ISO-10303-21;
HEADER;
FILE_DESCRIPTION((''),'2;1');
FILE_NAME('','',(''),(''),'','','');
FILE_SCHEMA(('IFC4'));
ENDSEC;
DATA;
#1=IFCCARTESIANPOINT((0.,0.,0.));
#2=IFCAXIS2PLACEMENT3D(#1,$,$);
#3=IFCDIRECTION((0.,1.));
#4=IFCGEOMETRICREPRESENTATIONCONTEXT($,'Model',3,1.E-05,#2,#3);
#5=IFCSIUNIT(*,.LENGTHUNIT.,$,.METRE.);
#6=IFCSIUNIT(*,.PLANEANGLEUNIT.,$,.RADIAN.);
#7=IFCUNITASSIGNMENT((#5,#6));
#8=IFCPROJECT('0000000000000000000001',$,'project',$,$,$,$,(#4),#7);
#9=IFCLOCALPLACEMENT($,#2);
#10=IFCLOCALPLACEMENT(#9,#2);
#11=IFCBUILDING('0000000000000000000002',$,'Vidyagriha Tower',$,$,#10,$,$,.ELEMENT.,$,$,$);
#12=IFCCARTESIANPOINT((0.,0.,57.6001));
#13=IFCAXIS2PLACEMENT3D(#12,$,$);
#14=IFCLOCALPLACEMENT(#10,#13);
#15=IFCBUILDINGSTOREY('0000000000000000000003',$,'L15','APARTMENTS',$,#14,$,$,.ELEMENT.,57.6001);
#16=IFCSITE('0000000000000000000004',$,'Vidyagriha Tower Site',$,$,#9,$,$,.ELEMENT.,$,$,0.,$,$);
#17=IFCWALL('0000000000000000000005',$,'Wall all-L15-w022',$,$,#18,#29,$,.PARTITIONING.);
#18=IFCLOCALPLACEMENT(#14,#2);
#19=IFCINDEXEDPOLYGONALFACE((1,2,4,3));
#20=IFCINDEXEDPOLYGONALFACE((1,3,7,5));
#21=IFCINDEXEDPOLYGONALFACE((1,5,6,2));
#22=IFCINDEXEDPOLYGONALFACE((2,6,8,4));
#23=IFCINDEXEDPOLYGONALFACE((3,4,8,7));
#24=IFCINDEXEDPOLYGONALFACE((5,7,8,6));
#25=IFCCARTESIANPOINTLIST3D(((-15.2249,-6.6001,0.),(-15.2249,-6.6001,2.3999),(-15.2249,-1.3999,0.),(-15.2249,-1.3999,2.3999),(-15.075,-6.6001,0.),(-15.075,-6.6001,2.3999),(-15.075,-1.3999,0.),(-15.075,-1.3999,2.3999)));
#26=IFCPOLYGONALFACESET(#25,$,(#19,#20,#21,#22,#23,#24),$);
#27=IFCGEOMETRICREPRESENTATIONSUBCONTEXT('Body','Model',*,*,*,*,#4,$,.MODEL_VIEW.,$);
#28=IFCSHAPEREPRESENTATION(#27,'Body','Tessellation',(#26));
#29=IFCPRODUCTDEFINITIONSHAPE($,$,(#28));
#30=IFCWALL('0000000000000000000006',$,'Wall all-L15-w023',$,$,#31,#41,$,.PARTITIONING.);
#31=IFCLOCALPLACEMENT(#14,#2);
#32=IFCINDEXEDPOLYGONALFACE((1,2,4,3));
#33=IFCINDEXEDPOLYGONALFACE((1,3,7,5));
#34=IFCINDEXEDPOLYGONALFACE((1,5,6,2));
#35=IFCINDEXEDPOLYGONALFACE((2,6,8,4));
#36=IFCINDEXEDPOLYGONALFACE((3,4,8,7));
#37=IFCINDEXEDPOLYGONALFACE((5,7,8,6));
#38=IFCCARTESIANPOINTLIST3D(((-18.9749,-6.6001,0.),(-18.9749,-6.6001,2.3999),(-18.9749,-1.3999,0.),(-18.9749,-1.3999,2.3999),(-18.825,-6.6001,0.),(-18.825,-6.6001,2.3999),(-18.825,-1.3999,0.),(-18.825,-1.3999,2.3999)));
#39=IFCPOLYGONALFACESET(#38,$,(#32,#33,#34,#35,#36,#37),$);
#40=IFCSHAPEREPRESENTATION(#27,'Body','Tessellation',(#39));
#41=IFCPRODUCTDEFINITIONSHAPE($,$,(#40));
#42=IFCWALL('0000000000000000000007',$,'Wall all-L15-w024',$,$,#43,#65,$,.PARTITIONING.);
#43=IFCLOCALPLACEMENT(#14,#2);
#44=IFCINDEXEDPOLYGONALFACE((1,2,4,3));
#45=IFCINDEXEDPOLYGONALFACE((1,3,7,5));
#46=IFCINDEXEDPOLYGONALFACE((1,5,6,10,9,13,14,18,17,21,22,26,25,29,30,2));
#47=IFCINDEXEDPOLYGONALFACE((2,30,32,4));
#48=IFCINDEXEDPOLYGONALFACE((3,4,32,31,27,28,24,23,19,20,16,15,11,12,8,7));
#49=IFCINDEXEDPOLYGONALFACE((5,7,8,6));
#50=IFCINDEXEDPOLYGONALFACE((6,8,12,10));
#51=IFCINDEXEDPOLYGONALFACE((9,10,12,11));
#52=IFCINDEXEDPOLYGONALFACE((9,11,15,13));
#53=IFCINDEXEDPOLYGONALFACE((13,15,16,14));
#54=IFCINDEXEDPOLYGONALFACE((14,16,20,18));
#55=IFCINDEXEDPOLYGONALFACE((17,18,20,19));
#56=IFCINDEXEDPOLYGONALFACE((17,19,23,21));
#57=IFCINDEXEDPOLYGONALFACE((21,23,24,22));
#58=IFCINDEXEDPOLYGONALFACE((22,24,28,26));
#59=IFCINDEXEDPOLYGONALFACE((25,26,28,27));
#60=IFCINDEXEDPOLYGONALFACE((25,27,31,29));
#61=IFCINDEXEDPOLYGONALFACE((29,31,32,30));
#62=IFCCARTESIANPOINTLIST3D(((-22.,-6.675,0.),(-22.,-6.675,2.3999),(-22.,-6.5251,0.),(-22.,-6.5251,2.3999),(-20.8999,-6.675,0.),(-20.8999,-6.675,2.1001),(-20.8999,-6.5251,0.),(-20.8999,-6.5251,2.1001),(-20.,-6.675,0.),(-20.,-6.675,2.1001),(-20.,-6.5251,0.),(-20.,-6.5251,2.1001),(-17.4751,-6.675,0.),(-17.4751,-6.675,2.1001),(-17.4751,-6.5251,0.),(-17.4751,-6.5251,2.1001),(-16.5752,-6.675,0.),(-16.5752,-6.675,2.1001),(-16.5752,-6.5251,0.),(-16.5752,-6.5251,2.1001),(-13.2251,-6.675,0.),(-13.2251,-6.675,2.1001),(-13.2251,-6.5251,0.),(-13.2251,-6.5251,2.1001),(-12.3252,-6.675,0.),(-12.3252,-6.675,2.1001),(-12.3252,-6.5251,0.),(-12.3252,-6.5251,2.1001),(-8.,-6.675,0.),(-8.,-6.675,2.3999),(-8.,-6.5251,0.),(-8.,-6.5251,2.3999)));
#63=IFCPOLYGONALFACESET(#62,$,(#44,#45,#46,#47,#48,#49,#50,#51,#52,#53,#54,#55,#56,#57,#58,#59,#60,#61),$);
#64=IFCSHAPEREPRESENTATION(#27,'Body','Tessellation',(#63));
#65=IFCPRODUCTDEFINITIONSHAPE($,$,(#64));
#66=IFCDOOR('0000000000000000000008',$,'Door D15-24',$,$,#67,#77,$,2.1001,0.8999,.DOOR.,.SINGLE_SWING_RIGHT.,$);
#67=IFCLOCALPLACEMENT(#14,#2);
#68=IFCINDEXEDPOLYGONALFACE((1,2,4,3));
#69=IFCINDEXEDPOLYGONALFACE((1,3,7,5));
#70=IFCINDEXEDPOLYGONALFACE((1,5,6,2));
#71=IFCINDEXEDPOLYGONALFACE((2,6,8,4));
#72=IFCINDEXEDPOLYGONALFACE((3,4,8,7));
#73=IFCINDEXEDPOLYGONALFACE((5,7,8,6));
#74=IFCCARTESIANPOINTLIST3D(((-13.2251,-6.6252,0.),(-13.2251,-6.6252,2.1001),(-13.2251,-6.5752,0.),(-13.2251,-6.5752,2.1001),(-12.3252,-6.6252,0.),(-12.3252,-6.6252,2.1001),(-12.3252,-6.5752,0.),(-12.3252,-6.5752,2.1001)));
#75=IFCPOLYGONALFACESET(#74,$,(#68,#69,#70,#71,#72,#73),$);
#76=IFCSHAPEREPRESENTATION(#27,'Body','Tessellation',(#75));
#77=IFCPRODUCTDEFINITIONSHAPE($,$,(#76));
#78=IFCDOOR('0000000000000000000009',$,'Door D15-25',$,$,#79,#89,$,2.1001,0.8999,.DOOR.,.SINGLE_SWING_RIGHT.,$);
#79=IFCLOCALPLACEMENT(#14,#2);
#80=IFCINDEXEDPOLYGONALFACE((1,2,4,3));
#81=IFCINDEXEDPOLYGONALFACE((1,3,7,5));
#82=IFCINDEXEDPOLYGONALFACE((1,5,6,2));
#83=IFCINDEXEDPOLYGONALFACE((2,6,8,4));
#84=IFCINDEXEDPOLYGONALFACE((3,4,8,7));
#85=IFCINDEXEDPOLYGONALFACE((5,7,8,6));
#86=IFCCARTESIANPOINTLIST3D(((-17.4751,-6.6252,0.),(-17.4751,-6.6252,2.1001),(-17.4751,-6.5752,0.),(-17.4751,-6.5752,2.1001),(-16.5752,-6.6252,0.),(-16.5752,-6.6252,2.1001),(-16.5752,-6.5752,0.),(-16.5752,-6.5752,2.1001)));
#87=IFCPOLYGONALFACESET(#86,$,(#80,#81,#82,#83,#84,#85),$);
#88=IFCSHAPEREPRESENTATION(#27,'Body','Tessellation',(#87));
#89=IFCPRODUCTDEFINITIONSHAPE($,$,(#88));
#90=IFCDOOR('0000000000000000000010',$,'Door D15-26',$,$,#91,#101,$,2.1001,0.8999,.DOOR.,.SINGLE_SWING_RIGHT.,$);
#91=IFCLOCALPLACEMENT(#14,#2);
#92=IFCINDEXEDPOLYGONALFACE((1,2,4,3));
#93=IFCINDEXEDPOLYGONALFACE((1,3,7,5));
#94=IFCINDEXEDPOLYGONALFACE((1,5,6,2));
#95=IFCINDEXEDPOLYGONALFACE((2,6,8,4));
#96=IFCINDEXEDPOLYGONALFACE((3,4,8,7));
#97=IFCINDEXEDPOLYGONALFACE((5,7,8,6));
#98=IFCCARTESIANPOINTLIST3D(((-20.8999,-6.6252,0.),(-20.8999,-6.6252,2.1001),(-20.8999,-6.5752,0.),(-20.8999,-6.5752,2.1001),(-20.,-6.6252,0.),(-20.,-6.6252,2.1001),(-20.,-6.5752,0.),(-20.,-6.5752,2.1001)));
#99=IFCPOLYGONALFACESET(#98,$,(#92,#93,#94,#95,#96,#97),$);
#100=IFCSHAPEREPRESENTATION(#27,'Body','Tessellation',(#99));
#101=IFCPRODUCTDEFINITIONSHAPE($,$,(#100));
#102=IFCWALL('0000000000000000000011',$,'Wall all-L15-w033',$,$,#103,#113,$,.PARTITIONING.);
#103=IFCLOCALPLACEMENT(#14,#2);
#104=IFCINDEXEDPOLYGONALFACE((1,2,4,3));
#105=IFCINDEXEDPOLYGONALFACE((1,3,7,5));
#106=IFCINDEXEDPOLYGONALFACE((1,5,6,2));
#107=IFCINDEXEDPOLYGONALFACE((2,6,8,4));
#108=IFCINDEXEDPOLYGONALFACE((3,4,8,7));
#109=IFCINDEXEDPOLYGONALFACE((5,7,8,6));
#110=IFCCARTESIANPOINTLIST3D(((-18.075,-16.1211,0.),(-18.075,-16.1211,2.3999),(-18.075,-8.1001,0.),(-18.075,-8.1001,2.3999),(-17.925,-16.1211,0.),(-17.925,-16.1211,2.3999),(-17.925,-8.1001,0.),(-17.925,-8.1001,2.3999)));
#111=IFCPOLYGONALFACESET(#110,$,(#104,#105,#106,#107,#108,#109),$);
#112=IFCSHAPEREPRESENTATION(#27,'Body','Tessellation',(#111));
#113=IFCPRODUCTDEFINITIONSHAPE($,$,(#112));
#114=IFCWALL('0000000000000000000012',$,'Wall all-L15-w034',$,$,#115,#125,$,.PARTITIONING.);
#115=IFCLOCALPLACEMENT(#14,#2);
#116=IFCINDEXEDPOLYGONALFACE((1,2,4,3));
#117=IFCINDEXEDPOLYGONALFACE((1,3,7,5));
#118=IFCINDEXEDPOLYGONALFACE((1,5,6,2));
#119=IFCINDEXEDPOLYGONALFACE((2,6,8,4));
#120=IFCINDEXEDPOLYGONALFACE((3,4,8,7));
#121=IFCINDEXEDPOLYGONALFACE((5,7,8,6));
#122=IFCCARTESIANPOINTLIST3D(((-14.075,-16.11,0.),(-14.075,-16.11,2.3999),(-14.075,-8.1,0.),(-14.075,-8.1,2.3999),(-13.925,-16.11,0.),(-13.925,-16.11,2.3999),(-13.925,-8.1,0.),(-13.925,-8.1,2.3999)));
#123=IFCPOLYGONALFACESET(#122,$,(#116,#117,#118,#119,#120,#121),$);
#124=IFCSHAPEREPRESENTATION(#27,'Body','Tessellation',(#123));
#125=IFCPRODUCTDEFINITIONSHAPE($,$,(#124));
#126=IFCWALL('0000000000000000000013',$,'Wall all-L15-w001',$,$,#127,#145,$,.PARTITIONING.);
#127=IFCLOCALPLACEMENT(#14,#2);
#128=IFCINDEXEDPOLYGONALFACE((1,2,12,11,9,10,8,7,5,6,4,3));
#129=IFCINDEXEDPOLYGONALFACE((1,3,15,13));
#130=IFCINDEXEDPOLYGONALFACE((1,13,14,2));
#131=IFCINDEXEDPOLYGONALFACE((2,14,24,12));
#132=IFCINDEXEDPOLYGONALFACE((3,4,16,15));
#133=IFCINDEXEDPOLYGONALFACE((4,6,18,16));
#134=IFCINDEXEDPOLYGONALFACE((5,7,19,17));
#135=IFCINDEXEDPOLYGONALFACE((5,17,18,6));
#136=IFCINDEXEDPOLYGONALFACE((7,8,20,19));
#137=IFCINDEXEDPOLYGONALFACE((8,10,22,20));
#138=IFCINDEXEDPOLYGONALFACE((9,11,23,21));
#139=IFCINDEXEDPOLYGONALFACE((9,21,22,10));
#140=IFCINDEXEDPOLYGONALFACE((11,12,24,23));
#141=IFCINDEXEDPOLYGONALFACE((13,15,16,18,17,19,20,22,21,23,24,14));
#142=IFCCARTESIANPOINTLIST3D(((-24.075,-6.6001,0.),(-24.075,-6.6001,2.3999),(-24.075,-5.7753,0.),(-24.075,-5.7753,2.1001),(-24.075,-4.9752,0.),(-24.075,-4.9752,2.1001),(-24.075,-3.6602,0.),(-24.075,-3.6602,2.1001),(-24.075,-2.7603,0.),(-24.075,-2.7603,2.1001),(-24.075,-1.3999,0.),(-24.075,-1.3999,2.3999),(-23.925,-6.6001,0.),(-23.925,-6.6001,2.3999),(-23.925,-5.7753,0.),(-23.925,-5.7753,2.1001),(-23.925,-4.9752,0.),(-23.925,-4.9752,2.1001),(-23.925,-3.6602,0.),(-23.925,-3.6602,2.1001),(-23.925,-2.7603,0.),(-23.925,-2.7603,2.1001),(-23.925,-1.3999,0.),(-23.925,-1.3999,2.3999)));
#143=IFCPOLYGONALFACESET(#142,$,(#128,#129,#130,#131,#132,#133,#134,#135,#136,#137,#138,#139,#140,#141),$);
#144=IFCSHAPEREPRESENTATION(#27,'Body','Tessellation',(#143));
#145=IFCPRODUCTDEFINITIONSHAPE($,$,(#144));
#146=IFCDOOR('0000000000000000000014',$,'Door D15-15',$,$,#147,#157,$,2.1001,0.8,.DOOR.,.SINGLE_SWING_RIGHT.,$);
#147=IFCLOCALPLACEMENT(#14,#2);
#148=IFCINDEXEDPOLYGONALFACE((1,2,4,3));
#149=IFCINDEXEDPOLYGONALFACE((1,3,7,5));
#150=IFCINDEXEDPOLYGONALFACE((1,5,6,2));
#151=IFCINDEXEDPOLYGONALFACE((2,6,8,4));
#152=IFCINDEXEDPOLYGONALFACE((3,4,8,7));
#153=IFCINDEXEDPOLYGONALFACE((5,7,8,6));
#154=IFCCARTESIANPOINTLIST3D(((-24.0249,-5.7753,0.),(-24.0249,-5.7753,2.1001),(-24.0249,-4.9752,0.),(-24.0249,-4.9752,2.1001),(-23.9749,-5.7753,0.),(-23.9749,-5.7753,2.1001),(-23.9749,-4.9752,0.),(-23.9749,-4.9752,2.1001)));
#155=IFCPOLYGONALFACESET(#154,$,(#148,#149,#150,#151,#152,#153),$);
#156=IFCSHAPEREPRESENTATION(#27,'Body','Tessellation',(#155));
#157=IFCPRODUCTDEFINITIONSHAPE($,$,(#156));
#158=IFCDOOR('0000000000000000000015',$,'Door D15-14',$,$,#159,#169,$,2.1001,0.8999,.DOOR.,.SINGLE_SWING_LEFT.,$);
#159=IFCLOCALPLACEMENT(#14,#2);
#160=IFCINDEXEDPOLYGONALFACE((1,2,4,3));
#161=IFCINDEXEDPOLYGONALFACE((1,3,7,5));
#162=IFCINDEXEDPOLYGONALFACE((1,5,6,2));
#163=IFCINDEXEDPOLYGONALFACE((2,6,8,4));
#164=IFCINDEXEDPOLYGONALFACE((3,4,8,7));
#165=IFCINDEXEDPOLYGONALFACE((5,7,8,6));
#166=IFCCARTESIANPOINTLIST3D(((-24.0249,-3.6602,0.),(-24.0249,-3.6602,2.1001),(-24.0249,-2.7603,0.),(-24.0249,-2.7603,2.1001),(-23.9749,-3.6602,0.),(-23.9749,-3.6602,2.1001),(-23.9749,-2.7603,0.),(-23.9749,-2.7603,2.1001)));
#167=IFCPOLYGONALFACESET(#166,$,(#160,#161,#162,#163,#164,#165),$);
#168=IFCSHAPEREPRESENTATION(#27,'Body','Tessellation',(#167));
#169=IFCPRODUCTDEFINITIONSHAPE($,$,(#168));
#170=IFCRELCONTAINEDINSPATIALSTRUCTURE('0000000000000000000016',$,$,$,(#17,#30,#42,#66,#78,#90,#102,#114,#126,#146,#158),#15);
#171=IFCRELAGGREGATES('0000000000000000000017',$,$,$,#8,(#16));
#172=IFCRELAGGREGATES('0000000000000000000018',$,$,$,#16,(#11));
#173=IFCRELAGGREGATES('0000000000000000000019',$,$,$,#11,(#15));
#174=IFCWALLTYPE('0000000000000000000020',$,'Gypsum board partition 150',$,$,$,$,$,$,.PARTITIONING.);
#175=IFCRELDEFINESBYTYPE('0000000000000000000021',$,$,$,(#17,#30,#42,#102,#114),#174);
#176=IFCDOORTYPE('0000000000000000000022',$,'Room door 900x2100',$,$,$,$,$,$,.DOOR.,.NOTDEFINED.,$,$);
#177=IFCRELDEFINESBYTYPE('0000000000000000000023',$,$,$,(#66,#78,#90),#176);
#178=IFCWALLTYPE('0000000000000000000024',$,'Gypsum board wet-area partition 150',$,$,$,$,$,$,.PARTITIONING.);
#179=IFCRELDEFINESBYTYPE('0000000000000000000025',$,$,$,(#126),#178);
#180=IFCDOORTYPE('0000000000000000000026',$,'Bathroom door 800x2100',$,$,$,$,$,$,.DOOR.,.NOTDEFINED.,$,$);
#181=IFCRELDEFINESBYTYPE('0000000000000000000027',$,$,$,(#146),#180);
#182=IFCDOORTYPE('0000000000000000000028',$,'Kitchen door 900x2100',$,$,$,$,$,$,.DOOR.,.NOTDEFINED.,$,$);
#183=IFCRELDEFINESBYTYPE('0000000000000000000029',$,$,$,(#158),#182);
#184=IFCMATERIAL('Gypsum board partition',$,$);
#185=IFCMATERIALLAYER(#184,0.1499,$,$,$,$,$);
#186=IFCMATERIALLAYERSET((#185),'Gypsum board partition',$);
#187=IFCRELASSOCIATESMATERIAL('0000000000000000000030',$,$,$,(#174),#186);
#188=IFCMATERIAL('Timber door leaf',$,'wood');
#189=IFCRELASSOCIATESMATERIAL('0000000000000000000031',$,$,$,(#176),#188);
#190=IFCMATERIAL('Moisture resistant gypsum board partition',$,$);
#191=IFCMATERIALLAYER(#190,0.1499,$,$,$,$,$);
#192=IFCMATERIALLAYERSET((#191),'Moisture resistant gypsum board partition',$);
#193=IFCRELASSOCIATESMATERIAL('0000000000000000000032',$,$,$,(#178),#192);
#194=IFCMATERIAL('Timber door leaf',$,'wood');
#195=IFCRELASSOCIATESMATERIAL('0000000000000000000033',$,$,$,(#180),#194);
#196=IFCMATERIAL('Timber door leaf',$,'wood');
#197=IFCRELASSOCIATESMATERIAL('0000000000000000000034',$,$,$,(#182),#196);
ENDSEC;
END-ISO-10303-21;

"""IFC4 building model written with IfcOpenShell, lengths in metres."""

from ifc_helpers import new_model, si_unit, direction, frame, frame_2d, origin, place, context, subcontext, project, spatial, rectangle, extrude, material, layer, layer_set, type_object, element, fill, save


model = new_model("IFC4")

# Units and contexts
model_context = context("Model", 3, precision=1e-05, world=origin(), true_north=direction((0.0, 1.0)))
body_context = subcontext(model_context, "Body", "Model", "MODEL_VIEW")
ifc_project = project(units=[si_unit("LENGTHUNIT", "METRE"), si_unit("PLANEANGLEUNIT", "RADIAN")], contexts=[model_context])

# Site, building, storey
site_placement = place(None, origin())
site = spatial("IfcSite", under=ifc_project, at=site_placement, Name="Vidyagriha Tower Site", CompositionType="ELEMENT", RefElevation=0.0)
building_placement = place(site_placement, origin())
building = spatial("IfcBuilding", under=site, at=building_placement, Name="Vidyagriha Tower", CompositionType="ELEMENT")
storey_placement = place(building_placement, frame((0.0, 0.0, 57.6001)))
storey = spatial("IfcBuildingStorey", under=building, at=storey_placement, Name="L15", Description="APARTMENTS", CompositionType="ELEMENT", Elevation=57.6001)

# Shared definitions
ifc_material_1 = material(Name="Gypsum board partition")
ifc_layer_1 = layer(ifc_material_1, 0.1499)
ifc_layer_set_1 = layer_set([ifc_layer_1], Name="Gypsum board partition")
wall_type_1 = type_object("IfcWallType", Name="Gypsum board partition 150", PredefinedType="PARTITIONING", material=ifc_layer_set_1)

# Shared definitions
ifc_material_2 = material(Name="Timber door leaf", Category="wood")
door_type_1 = type_object("IfcDoorType", Name="Room door 900x2100", OperationType="NOTDEFINED", PredefinedType="DOOR", material=ifc_material_2)

# Walls
for number, where, z_axis, x_axis, name in (
    (1, (-15.1499, -6.6001, 0.0), (0.0, 0.0, 1.0), (0.0, 1.0, 0.0), "Wall all-L15-w022"),
    (2, (-18.8999, -6.6001, 0.0), (0.0, 0.0, 1.0), (0.0, 1.0, 0.0), "Wall all-L15-w023"),
):
    element("IfcWall", number, at=place(storey_placement, frame(where, z_axis=z_axis, x_axis=x_axis)), inside=storey, type_object=wall_type_1, Name=name, PredefinedType="PARTITIONING", context=body_context, shape_type="SweptSolid", body=[
        extrude(rectangle(XDim=5.2002, YDim=0.1499, at=frame_2d((2.6001, 0.0))), origin(), (0.0, 0.0, 1.0), 2.3999),
    ])

# Wall, openings, doors
wall_1_placement = place(storey_placement, frame((-22.0, -6.6001, 0.0)))
wall_1 = element("IfcWall", 3, at=wall_1_placement, inside=storey, type_object=wall_type_1, Name="Wall all-L15-w024", PredefinedType="PARTITIONING", context=body_context, shape_type="SweptSolid", body=[
    extrude(rectangle(XDim=14.0, YDim=0.1499, at=frame_2d((7.0, 0.0))), origin(), (0.0, 0.0, 1.0), 2.3999),
])
opening_1_placement = place(wall_1_placement, frame((8.7749, 0.0, 0.0)))
opening_1 = element("IfcOpeningElement", 4, at=opening_1_placement, cuts=wall_1, PredefinedType="OPENING", context=body_context, shape_type="SweptSolid", body=[
    extrude(rectangle(XDim=0.8999, YDim=2.1001, at=frame_2d((0.45, 1.05))), frame((0.0, 0.085, 0.0), z_axis=(0.0, -1.0, 0.0), x_axis=(1.0, 0.0, 0.0)), (0.0, 0.0, 1.0), 0.1699),
])
opening_2_placement = place(wall_1_placement, frame((4.5249, 0.0, 0.0)))
opening_2 = element("IfcOpeningElement", 5, at=opening_2_placement, cuts=wall_1, PredefinedType="OPENING", context=body_context, shape_type="SweptSolid", body=[
    extrude(rectangle(XDim=0.8999, YDim=2.1001, at=frame_2d((0.45, 1.05))), frame((0.0, 0.085, 0.0), z_axis=(0.0, -1.0, 0.0), x_axis=(1.0, 0.0, 0.0)), (0.0, 0.0, 1.0), 0.1699),
])
opening_3_placement = place(wall_1_placement, frame((1.1001, 0.0, 0.0)))
opening_3 = element("IfcOpeningElement", 6, at=opening_3_placement, cuts=wall_1, PredefinedType="OPENING", context=body_context, shape_type="SweptSolid", body=[
    extrude(rectangle(XDim=0.8999, YDim=2.1001, at=frame_2d((0.45, 1.05))), frame((0.0, 0.085, 0.0), z_axis=(0.0, -1.0, 0.0), x_axis=(1.0, 0.0, 0.0)), (0.0, 0.0, 1.0), 0.1699),
])
door_1_placement = place(opening_1_placement, origin())
door_1 = element("IfcDoor", 7, at=door_1_placement, inside=storey, type_object=door_type_1, Name="Door D15-24", OperationType="SINGLE_SWING_RIGHT", OverallHeight=2.1001, OverallWidth=0.8999, PredefinedType="DOOR", context=body_context, shape_type="SweptSolid", body=[
    extrude(rectangle(XDim=0.8999, YDim=2.1001, at=frame_2d((0.45, 1.05))), frame((0.0, 0.0249, 0.0), z_axis=(0.0, -1.0, 0.0), x_axis=(1.0, 0.0, 0.0)), (0.0, 0.0, 1.0), 0.05),
])
fill(opening_1, door_1)
door_2_placement = place(opening_2_placement, origin())
door_2 = element("IfcDoor", 8, at=door_2_placement, inside=storey, type_object=door_type_1, Name="Door D15-25", OperationType="SINGLE_SWING_RIGHT", OverallHeight=2.1001, OverallWidth=0.8999, PredefinedType="DOOR", context=body_context, shape_type="SweptSolid", body=[
    extrude(rectangle(XDim=0.8999, YDim=2.1001, at=frame_2d((0.45, 1.05))), frame((0.0, 0.0249, 0.0), z_axis=(0.0, -1.0, 0.0), x_axis=(1.0, 0.0, 0.0)), (0.0, 0.0, 1.0), 0.05),
])
fill(opening_2, door_2)
door_3_placement = place(opening_3_placement, origin())
door_3 = element("IfcDoor", 9, at=door_3_placement, inside=storey, type_object=door_type_1, Name="Door D15-26", OperationType="SINGLE_SWING_RIGHT", OverallHeight=2.1001, OverallWidth=0.8999, PredefinedType="DOOR", context=body_context, shape_type="SweptSolid", body=[
    extrude(rectangle(XDim=0.8999, YDim=2.1001, at=frame_2d((0.45, 1.05))), frame((0.0, 0.0249, 0.0), z_axis=(0.0, -1.0, 0.0), x_axis=(1.0, 0.0, 0.0)), (0.0, 0.0, 1.0), 0.05),
])
fill(opening_3, door_3)

# Walls
wall_2_placement = place(storey_placement, frame((-18.0, -8.1001, 0.0), z_axis=(0.0, 0.0, 1.0), x_axis=(0.0, -1.0, 0.0)))
element("IfcWall", 10, at=wall_2_placement, inside=storey, type_object=wall_type_1, Name="Wall all-L15-w033", PredefinedType="PARTITIONING", context=body_context, shape_type="SweptSolid", body=[
    extrude(rectangle(XDim=8.021, YDim=0.1499, at=frame_2d((4.0105, 0.0))), origin(), (0.0, 0.0, 1.0), 2.3999),
])
wall_3_placement = place(storey_placement, frame((-14.0, -8.1001, 0.0), z_axis=(0.0, 0.0, 1.0), x_axis=(0.0, -1.0, 0.0)))
element("IfcWall", 11, at=wall_3_placement, inside=storey, type_object=wall_type_1, Name="Wall all-L15-w034", PredefinedType="PARTITIONING", context=body_context, shape_type="SweptSolid", body=[
    extrude(rectangle(XDim=8.01, YDim=0.1499, at=frame_2d((4.0049, 0.0))), origin(), (0.0, 0.0, 1.0), 2.3999),
])

# Wall, openings, doors
ifc_material_3 = material(Name="Moisture resistant gypsum board partition")
ifc_layer_2 = layer(ifc_material_3, 0.1499)
ifc_layer_set_2 = layer_set([ifc_layer_2], Name="Moisture resistant gypsum board partition")
wall_type_2 = type_object("IfcWallType", Name="Gypsum board wet-area partition 150", PredefinedType="PARTITIONING", material=ifc_layer_set_2)
wall_4_placement = place(storey_placement, frame((-24.0, -6.6001, 0.0), z_axis=(0.0, 0.0, 1.0), x_axis=(0.0, 1.0, 0.0)))
wall_4 = element("IfcWall", 12, at=wall_4_placement, inside=storey, type_object=wall_type_2, Name="Wall all-L15-w001", PredefinedType="PARTITIONING", context=body_context, shape_type="SweptSolid", body=[
    extrude(rectangle(XDim=5.2002, YDim=0.1499, at=frame_2d((2.6001, 0.0))), origin(), (0.0, 0.0, 1.0), 2.3999),
])
opening_4_placement = place(wall_4_placement, frame((2.9399, 0.0, 0.0)))
opening_4 = element("IfcOpeningElement", 13, at=opening_4_placement, cuts=wall_4, PredefinedType="OPENING", context=body_context, shape_type="SweptSolid", body=[
    extrude(rectangle(XDim=0.8999, YDim=2.1001, at=frame_2d((0.45, 1.05))), frame((0.0, 0.085, 0.0), z_axis=(0.0, -1.0, 0.0), x_axis=(1.0, 0.0, 0.0)), (0.0, 0.0, 1.0), 0.1699),
])
opening_5_placement = place(wall_4_placement, frame((0.825, 0.0, 0.0)))
opening_5 = element("IfcOpeningElement", 14, at=opening_5_placement, cuts=wall_4, PredefinedType="OPENING", context=body_context, shape_type="SweptSolid", body=[
    extrude(rectangle(XDim=0.8, YDim=2.1001, at=frame_2d((0.3999, 1.05))), frame((0.0, 0.085, 0.0), z_axis=(0.0, -1.0, 0.0), x_axis=(1.0, 0.0, 0.0)), (0.0, 0.0, 1.0), 0.1699),
])
ifc_material_4 = material(Name="Timber door leaf", Category="wood")
door_type_2 = type_object("IfcDoorType", Name="Bathroom door 800x2100", OperationType="NOTDEFINED", PredefinedType="DOOR", material=ifc_material_4)
door_4_placement = place(opening_5_placement, origin())
door_4 = element("IfcDoor", 15, at=door_4_placement, inside=storey, type_object=door_type_2, Name="Door D15-15", OperationType="SINGLE_SWING_RIGHT", OverallHeight=2.1001, OverallWidth=0.8, PredefinedType="DOOR", context=body_context, shape_type="SweptSolid", body=[
    extrude(rectangle(XDim=0.8, YDim=2.1001, at=frame_2d((0.3999, 1.05))), frame((0.0, 0.0249, 0.0), z_axis=(0.0, -1.0, 0.0), x_axis=(1.0, 0.0, 0.0)), (0.0, 0.0, 1.0), 0.05),
])
fill(opening_5, door_4)
ifc_material_5 = material(Name="Timber door leaf", Category="wood")
door_type_3 = type_object("IfcDoorType", Name="Kitchen door 900x2100", OperationType="NOTDEFINED", PredefinedType="DOOR", material=ifc_material_5)
door_5_placement = place(opening_4_placement, origin())
door_5 = element("IfcDoor", 16, at=door_5_placement, inside=storey, type_object=door_type_3, Name="Door D15-14", OperationType="SINGLE_SWING_LEFT", OverallHeight=2.1001, OverallWidth=0.8999, PredefinedType="DOOR", context=body_context, shape_type="SweptSolid", body=[
    extrude(rectangle(XDim=0.8999, YDim=2.1001, at=frame_2d((0.45, 1.05))), frame((0.0, 0.0249, 0.0), z_axis=(0.0, -1.0, 0.0), x_axis=(1.0, 0.0, 0.0)), (0.0, 0.0, 1.0), 0.05),
])
fill(opening_4, door_5)

save(model, "model.ifc")
